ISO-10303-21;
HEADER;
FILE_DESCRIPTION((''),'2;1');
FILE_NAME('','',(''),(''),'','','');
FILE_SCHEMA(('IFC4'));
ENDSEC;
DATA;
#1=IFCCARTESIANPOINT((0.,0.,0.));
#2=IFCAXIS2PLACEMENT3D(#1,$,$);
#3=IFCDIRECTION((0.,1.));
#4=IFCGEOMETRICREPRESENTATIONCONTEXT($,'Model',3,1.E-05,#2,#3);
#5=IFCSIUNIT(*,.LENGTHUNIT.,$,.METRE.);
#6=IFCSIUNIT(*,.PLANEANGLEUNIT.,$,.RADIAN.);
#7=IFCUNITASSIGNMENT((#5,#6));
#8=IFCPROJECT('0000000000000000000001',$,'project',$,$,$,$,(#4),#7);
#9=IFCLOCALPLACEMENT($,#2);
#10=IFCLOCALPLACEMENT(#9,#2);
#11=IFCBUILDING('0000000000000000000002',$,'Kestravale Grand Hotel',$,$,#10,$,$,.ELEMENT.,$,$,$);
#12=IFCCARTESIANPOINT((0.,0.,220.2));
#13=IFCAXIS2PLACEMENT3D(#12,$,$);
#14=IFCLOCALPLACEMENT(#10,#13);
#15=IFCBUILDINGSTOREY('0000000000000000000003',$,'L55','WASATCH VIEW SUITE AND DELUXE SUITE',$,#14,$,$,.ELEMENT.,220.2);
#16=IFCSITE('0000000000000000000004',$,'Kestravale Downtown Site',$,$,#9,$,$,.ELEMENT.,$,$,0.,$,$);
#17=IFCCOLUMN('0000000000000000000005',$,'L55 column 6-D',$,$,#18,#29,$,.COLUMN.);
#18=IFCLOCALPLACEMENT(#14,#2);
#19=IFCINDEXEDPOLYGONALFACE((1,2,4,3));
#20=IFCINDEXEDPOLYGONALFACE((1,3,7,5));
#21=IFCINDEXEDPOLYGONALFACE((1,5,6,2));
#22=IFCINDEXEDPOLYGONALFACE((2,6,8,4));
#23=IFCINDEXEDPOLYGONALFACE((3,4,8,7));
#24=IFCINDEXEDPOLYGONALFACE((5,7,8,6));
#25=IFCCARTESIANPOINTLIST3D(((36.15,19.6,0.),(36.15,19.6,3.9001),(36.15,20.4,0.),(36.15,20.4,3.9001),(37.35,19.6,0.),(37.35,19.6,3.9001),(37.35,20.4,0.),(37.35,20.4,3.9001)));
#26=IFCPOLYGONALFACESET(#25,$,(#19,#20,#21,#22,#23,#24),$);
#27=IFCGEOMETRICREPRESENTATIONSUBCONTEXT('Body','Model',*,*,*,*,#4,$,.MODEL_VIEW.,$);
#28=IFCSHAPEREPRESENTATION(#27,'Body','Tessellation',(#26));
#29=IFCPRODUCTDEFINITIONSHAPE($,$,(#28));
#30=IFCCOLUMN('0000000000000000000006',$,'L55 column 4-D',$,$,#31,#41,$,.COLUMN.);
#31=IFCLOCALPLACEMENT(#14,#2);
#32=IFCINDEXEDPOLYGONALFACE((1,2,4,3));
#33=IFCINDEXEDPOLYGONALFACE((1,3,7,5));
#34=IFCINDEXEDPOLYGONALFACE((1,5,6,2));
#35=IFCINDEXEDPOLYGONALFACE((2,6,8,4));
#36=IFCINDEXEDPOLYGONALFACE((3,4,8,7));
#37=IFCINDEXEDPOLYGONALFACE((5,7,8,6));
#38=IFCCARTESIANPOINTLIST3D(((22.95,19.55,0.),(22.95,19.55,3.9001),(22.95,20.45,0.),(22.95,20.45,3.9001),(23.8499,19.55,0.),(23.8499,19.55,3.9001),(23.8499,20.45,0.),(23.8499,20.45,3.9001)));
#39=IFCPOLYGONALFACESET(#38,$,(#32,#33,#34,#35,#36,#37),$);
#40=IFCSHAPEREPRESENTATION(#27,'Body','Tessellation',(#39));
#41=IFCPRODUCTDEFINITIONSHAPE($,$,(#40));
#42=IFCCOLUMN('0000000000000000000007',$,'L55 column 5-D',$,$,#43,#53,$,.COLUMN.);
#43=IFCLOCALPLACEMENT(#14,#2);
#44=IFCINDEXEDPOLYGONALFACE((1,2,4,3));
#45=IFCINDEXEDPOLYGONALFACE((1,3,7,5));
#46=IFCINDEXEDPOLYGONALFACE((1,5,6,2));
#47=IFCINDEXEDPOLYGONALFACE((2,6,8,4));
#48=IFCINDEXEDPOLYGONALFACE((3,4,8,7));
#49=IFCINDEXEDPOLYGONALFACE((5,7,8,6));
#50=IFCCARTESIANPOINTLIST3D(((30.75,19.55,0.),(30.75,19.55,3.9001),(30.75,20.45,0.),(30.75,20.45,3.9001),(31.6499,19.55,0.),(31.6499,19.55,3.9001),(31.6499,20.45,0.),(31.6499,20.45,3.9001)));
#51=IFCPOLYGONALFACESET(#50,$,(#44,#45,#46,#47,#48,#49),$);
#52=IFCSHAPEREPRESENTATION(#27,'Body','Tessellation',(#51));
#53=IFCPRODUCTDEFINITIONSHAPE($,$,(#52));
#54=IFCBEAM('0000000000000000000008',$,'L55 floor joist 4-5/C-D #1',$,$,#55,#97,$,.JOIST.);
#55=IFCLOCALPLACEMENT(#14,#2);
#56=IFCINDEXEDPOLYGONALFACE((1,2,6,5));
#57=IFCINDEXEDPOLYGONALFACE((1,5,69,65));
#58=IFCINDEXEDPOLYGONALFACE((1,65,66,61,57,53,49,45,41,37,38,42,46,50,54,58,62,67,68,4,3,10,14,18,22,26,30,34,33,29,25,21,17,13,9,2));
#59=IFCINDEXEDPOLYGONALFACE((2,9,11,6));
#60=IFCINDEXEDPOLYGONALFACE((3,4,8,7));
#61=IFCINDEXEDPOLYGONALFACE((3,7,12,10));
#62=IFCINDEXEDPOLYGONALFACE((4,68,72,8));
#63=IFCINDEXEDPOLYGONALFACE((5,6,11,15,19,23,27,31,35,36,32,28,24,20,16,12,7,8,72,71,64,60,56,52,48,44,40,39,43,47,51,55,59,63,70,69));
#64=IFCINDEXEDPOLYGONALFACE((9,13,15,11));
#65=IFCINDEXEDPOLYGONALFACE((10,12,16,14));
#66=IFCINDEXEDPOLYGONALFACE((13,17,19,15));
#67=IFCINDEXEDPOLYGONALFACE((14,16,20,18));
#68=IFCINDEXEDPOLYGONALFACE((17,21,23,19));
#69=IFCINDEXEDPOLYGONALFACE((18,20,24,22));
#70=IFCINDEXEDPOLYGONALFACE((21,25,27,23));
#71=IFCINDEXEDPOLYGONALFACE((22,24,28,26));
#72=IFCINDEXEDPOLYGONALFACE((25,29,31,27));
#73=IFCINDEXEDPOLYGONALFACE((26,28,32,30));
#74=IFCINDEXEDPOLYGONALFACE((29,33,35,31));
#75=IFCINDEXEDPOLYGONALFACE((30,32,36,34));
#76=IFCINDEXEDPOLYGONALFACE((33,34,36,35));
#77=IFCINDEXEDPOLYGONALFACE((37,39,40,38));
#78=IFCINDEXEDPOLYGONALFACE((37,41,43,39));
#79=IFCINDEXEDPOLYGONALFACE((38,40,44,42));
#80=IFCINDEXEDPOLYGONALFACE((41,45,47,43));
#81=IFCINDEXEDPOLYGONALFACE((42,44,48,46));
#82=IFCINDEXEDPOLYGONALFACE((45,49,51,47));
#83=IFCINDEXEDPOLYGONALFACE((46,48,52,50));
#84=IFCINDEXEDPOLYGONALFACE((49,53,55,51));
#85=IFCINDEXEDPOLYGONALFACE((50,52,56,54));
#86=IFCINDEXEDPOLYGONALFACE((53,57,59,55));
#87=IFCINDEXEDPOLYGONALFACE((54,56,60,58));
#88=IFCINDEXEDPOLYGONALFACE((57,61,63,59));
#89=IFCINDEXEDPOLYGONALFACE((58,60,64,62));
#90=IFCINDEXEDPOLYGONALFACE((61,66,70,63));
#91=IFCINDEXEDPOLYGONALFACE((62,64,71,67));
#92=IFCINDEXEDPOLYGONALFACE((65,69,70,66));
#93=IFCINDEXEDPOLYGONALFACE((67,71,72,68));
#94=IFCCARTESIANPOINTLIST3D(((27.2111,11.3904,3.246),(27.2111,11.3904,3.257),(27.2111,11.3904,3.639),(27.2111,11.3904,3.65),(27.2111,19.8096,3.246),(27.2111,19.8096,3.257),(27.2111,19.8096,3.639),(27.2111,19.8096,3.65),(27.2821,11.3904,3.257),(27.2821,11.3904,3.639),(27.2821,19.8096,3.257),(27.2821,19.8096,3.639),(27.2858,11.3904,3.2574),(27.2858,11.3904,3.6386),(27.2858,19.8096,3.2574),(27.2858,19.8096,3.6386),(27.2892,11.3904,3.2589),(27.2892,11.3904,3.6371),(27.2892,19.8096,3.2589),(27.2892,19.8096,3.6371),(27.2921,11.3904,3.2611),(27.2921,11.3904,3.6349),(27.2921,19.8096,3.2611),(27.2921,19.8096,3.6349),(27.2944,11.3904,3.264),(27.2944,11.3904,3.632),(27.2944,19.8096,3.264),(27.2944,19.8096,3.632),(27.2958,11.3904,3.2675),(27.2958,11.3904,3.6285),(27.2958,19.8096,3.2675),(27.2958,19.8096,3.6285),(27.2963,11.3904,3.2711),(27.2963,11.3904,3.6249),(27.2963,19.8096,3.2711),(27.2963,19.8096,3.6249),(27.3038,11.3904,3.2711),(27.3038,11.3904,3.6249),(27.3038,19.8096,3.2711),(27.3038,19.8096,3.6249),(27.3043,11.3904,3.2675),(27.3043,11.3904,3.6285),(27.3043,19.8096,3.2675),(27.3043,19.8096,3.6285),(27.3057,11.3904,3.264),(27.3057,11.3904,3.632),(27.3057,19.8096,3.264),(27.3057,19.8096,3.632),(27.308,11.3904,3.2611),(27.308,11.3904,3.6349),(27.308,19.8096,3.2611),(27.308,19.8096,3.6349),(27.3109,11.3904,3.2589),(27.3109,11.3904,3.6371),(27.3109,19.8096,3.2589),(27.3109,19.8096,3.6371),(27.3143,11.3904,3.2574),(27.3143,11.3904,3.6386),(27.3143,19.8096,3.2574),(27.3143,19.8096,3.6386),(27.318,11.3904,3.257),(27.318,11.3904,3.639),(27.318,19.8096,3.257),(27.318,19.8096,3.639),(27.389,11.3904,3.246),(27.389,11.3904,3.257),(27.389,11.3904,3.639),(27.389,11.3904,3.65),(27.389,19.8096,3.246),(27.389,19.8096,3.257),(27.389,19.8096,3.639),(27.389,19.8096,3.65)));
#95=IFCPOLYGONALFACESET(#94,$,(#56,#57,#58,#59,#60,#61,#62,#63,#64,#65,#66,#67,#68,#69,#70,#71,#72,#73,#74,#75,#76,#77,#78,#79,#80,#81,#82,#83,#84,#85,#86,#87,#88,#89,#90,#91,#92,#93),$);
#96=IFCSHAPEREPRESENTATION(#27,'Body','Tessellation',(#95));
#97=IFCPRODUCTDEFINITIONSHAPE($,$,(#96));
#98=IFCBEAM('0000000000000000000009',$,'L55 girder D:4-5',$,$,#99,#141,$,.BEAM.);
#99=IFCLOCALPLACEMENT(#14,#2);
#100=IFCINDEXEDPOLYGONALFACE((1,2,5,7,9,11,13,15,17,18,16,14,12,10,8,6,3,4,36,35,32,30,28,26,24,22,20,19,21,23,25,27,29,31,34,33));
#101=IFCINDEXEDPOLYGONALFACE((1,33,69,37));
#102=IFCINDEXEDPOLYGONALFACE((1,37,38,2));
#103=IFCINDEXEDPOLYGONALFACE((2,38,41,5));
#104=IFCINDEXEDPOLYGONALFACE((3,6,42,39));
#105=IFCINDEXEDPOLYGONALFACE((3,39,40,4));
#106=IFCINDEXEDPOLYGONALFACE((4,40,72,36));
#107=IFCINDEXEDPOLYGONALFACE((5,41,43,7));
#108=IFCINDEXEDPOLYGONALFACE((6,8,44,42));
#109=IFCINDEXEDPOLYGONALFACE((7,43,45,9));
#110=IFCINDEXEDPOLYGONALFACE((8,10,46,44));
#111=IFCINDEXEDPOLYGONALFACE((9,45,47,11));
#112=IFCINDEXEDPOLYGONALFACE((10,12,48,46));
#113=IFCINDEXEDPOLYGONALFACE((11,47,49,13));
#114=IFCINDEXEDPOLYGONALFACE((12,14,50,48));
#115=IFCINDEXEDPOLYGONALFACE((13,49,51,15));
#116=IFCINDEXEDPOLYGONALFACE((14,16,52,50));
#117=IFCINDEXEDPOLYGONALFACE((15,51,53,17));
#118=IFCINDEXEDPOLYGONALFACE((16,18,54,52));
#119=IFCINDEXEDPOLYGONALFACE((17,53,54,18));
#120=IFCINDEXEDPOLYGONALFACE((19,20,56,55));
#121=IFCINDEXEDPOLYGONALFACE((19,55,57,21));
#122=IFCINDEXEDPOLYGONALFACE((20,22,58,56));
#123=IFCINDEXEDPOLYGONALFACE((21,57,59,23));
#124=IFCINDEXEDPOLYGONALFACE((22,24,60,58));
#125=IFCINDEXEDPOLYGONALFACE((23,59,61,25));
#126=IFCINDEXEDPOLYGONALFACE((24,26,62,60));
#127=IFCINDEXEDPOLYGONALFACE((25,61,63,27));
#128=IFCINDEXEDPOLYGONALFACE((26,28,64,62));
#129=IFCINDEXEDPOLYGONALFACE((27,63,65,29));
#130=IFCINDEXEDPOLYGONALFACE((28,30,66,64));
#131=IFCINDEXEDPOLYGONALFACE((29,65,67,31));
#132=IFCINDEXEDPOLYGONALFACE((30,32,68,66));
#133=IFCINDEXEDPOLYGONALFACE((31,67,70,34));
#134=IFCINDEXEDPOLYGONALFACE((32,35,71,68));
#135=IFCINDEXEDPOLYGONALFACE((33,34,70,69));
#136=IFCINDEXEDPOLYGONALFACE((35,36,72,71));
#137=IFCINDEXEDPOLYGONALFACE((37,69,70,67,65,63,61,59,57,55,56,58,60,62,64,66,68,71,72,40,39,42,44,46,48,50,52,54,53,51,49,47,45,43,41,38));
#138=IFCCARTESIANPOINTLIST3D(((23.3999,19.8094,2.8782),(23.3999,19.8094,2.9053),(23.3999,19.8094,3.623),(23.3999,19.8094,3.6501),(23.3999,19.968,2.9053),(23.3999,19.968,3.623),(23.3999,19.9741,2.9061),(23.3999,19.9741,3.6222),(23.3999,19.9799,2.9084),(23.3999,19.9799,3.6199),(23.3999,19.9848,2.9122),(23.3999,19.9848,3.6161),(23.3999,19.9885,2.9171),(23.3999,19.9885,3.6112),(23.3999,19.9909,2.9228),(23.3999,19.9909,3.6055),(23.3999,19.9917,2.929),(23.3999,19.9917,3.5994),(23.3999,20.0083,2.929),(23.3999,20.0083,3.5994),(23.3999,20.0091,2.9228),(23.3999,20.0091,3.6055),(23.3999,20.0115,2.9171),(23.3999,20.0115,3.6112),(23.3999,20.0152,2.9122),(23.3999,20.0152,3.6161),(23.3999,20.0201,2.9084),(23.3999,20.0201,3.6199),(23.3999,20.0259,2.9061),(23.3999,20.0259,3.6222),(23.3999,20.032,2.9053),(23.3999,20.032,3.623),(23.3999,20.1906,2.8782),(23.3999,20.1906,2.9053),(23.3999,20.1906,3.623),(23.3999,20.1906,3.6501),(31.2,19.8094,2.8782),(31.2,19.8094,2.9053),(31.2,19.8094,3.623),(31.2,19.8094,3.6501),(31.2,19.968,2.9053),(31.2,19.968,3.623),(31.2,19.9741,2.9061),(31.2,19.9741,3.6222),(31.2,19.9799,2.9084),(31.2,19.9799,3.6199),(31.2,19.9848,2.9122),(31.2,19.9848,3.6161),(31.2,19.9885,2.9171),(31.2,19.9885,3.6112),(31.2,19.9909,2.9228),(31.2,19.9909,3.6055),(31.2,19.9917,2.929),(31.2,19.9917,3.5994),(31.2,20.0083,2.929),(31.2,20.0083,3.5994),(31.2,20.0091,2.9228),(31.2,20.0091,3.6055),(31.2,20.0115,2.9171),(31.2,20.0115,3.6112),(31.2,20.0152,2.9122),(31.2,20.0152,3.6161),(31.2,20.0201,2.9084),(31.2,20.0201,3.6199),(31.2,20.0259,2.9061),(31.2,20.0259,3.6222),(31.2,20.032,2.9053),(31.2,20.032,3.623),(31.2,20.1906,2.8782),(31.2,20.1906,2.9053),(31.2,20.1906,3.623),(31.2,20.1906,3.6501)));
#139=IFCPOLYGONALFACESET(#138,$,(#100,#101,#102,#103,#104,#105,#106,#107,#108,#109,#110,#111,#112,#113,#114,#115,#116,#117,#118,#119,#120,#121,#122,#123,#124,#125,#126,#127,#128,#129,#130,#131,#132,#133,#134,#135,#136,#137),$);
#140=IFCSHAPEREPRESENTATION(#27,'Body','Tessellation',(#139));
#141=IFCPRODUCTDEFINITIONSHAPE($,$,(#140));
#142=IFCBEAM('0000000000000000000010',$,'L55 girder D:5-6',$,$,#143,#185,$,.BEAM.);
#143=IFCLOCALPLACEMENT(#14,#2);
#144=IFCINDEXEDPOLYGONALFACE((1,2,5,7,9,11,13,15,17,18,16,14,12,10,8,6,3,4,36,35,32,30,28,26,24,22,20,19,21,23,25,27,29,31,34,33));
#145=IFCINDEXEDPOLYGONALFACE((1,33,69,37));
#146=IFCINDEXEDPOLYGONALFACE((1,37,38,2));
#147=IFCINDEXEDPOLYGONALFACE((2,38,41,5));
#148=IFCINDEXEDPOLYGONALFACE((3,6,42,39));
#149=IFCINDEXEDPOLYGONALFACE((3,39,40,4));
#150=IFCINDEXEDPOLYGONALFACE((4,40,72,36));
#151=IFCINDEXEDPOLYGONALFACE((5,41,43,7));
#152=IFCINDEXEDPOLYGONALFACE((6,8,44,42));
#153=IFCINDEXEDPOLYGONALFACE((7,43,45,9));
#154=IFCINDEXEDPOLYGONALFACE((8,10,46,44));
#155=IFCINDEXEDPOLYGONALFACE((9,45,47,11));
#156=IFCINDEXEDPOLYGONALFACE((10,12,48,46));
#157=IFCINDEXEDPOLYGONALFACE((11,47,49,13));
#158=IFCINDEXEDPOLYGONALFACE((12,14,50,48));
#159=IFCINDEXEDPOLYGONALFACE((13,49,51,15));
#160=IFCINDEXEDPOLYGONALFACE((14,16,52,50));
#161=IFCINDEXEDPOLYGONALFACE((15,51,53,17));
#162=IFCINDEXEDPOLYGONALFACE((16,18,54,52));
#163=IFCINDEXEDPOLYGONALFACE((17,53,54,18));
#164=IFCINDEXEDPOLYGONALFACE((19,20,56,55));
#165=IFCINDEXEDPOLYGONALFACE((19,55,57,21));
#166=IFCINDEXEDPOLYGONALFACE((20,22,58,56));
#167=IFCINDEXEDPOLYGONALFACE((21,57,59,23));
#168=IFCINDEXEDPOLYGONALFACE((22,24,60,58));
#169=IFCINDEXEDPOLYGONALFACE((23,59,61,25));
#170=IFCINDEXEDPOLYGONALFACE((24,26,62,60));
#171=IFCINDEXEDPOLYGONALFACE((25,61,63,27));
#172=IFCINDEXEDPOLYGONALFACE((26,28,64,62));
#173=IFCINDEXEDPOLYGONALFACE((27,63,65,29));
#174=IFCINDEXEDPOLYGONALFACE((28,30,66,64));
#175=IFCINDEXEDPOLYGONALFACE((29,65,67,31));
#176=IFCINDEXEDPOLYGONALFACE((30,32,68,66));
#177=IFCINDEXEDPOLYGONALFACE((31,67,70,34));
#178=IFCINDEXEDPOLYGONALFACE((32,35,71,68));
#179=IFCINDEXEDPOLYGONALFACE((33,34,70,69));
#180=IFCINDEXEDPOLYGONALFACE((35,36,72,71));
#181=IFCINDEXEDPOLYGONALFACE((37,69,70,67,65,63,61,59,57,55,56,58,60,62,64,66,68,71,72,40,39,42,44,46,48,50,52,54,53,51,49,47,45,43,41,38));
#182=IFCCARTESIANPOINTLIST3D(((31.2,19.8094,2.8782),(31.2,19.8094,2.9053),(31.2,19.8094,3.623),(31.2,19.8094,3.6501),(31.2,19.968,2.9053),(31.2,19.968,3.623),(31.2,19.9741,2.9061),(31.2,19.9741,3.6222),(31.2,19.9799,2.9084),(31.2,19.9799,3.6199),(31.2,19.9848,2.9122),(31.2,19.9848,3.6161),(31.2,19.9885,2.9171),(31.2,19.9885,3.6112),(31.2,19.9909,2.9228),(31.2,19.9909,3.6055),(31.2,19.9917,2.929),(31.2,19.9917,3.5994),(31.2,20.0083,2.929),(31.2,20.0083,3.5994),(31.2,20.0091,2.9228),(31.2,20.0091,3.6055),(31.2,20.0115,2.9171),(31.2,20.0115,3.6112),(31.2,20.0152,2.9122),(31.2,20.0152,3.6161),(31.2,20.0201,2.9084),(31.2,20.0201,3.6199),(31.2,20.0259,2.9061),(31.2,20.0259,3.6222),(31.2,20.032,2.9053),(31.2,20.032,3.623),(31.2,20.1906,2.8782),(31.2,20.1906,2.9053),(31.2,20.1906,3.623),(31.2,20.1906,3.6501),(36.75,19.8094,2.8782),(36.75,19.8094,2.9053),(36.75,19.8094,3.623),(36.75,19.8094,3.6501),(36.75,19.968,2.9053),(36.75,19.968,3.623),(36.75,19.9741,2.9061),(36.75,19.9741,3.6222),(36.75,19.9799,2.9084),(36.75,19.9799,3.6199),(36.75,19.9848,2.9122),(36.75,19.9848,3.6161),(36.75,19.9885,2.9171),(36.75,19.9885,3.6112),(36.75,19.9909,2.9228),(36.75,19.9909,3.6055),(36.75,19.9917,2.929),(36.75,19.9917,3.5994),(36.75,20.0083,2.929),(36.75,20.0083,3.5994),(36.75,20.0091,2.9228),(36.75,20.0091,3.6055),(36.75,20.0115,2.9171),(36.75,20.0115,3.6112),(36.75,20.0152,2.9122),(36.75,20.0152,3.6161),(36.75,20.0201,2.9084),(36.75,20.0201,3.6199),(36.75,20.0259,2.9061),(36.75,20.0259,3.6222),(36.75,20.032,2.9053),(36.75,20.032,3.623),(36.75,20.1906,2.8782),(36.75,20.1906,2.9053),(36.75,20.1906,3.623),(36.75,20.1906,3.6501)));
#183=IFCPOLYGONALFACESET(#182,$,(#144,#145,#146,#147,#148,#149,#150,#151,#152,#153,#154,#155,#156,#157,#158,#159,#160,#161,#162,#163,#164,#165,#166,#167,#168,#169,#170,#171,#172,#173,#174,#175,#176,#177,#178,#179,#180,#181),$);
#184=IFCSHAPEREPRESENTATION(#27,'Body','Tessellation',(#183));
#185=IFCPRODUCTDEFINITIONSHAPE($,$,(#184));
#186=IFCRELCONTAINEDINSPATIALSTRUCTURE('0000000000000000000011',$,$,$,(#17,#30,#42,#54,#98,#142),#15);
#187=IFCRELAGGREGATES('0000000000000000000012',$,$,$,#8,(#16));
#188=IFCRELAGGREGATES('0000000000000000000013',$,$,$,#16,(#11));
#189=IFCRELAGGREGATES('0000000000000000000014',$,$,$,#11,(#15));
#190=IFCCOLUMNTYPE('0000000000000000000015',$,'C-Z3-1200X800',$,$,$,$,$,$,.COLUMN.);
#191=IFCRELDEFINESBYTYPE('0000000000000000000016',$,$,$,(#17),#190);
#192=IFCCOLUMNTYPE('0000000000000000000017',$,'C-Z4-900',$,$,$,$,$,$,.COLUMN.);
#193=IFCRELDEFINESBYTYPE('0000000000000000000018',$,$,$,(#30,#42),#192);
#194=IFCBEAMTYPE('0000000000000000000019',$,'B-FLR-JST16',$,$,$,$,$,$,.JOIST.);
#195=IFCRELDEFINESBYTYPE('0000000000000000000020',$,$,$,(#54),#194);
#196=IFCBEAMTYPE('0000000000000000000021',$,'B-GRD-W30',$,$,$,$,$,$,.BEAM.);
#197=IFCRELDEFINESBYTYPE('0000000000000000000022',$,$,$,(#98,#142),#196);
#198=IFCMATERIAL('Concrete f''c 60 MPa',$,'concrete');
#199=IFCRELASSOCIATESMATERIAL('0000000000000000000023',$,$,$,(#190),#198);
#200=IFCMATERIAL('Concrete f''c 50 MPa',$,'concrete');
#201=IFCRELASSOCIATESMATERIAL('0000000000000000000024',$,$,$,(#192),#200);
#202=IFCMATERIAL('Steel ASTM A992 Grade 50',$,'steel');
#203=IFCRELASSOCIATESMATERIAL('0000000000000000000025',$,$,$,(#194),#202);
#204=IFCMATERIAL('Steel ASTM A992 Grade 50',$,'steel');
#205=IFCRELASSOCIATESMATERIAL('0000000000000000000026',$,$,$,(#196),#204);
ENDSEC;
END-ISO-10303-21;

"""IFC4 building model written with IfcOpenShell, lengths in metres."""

from ifc_helpers import new_model, si_unit, direction, frame, origin, origin_2d, place, context, subcontext, project, spatial, rectangle, i_section, extrude, material, material_profile, profile_set, type_object, element, save


model = new_model("IFC4")

# Units and contexts
model_context = context("Model", 3, precision=1e-05, world=origin(), true_north=direction((0.0, 1.0)))
body_context = subcontext(model_context, "Body", "Model", "MODEL_VIEW")
ifc_project = project(units=[si_unit("LENGTHUNIT", "METRE"), si_unit("PLANEANGLEUNIT", "RADIAN")], contexts=[model_context])

# Site, building, storey
site_placement = place(None, origin())
site = spatial("IfcSite", under=ifc_project, at=site_placement, Name="Kestravale Downtown Site", CompositionType="ELEMENT", RefElevation=0.0)
building_placement = place(site_placement, origin())
building = spatial("IfcBuilding", under=site, at=building_placement, Name="Kestravale Grand Hotel", CompositionType="ELEMENT")
storey_placement = place(building_placement, frame((0.0, 0.0, 220.2)))
storey = spatial("IfcBuildingStorey", under=building, at=storey_placement, Name="L55", Description="WASATCH VIEW SUITE AND DELUXE SUITE", CompositionType="ELEMENT", Elevation=220.2)

# Columns
ifc_material_1 = material(Name="Concrete f'c 60 MPa", Category="concrete")
ifc_material_profile_1 = material_profile(ifc_material_1, rectangle(XDim=1.2, YDim=0.8, at=origin_2d()))
ifc_profile_set_1 = profile_set([ifc_material_profile_1], Name="Concrete f'c 60 MPa")
column_type_1 = type_object("IfcColumnType", Name="C-Z3-1200X800", PredefinedType="COLUMN", material=ifc_profile_set_1)
column_placement = place(storey_placement, frame((36.75, 20.0, 0.0), z_axis=(0.0, 0.0, 1.0), x_axis=(1.0, 0.0, 0.0)))
element("IfcColumn", 1, at=column_placement, inside=storey, type_object=column_type_1, Name="L55 column 6-D", PredefinedType="COLUMN", context=body_context, shape_type="SweptSolid", body=[
    extrude(rectangle(XDim=1.2, YDim=0.8, at=origin_2d()), origin(), (0.0, 0.0, 1.0), 3.9001),
])
ifc_material_2 = material(Name="Concrete f'c 50 MPa", Category="concrete")
ifc_material_profile_2 = material_profile(ifc_material_2, rectangle(XDim=0.8999, YDim=0.8999, at=origin_2d()))
ifc_profile_set_2 = profile_set([ifc_material_profile_2], Name="Concrete f'c 50 MPa")
column_type_2 = type_object("IfcColumnType", Name="C-Z4-900", PredefinedType="COLUMN", material=ifc_profile_set_2)
for number, where, z_axis, x_axis, name in (
    (2, (23.3999, 20.0, 0.0), (0.0, 0.0, 1.0), (1.0, 0.0, 0.0), "L55 column 4-D"),
    (3, (31.2, 20.0, 0.0), (0.0, 0.0, 1.0), (1.0, 0.0, 0.0), "L55 column 5-D"),
):
    element("IfcColumn", number, at=place(storey_placement, frame(where, z_axis=z_axis, x_axis=x_axis)), inside=storey, type_object=column_type_2, Name=name, PredefinedType="COLUMN", context=body_context, shape_type="SweptSolid", body=[
        extrude(rectangle(XDim=0.8999, YDim=0.8999, at=origin_2d()), origin(), (0.0, 0.0, 1.0), 3.9001),
    ])

# Beams
ifc_material_3 = material(Name="Steel ASTM A992 Grade 50", Category="steel")
ifc_material_profile_3 = material_profile(ifc_material_3, i_section(OverallWidth=0.178, OverallDepth=0.4041, WebThickness=0.0076, FlangeThickness=0.011, FilletRadius=0.0142, at=origin_2d()))
ifc_profile_set_3 = profile_set([ifc_material_profile_3], Name="Steel ASTM A992 Grade 50")
beam_type_1 = type_object("IfcBeamType", Name="B-FLR-JST16", PredefinedType="JOIST", material=ifc_profile_set_3)
beam_1_placement = place(storey_placement, frame((27.3, 11.3904, 3.448), z_axis=(0.0, 1.0, 0.0), x_axis=(-1.0, 0.0, 0.0)))
element("IfcBeam", 4, at=beam_1_placement, inside=storey, type_object=beam_type_1, Name="L55 floor joist 4-5/C-D #1", PredefinedType="JOIST", context=body_context, shape_type="SweptSolid", body=[
    extrude(i_section(OverallWidth=0.178, OverallDepth=0.4041, WebThickness=0.0076, FlangeThickness=0.011, FilletRadius=0.0142, at=origin_2d()), origin(), (0.0, 0.0, 1.0), 8.4192),
])
ifc_material_4 = material(Name="Steel ASTM A992 Grade 50", Category="steel")
ifc_material_profile_4 = material_profile(ifc_material_4, i_section(OverallWidth=0.3811, OverallDepth=0.772, WebThickness=0.0166, FlangeThickness=0.0271, FilletRadius=0.0237, at=origin_2d()))
ifc_profile_set_4 = profile_set([ifc_material_profile_4], Name="Steel ASTM A992 Grade 50")
beam_type_2 = type_object("IfcBeamType", Name="B-GRD-W30", PredefinedType="BEAM", material=ifc_profile_set_4)
beam_2_placement = place(storey_placement, frame((23.3999, 20.0, 3.2642), z_axis=(1.0, 0.0, 0.0), x_axis=(0.0, 1.0, 0.0)))
element("IfcBeam", 5, at=beam_2_placement, inside=storey, type_object=beam_type_2, Name="L55 girder D:4-5", PredefinedType="BEAM", context=body_context, shape_type="SweptSolid", body=[
    extrude(i_section(OverallWidth=0.3811, OverallDepth=0.772, WebThickness=0.0166, FlangeThickness=0.0271, FilletRadius=0.0237, at=origin_2d()), origin(), (0.0, 0.0, 1.0), 7.8),
])
beam_3_placement = place(storey_placement, frame((31.2, 20.0, 3.2642), z_axis=(1.0, 0.0, 0.0), x_axis=(0.0, 1.0, 0.0)))
element("IfcBeam", 6, at=beam_3_placement, inside=storey, type_object=beam_type_2, Name="L55 girder D:5-6", PredefinedType="BEAM", context=body_context, shape_type="SweptSolid", body=[
    extrude(i_section(OverallWidth=0.3811, OverallDepth=0.772, WebThickness=0.0166, FlangeThickness=0.0271, FilletRadius=0.0237, at=origin_2d()), origin(), (0.0, 0.0, 1.0), 5.55),
])

save(model, "model.ifc")
